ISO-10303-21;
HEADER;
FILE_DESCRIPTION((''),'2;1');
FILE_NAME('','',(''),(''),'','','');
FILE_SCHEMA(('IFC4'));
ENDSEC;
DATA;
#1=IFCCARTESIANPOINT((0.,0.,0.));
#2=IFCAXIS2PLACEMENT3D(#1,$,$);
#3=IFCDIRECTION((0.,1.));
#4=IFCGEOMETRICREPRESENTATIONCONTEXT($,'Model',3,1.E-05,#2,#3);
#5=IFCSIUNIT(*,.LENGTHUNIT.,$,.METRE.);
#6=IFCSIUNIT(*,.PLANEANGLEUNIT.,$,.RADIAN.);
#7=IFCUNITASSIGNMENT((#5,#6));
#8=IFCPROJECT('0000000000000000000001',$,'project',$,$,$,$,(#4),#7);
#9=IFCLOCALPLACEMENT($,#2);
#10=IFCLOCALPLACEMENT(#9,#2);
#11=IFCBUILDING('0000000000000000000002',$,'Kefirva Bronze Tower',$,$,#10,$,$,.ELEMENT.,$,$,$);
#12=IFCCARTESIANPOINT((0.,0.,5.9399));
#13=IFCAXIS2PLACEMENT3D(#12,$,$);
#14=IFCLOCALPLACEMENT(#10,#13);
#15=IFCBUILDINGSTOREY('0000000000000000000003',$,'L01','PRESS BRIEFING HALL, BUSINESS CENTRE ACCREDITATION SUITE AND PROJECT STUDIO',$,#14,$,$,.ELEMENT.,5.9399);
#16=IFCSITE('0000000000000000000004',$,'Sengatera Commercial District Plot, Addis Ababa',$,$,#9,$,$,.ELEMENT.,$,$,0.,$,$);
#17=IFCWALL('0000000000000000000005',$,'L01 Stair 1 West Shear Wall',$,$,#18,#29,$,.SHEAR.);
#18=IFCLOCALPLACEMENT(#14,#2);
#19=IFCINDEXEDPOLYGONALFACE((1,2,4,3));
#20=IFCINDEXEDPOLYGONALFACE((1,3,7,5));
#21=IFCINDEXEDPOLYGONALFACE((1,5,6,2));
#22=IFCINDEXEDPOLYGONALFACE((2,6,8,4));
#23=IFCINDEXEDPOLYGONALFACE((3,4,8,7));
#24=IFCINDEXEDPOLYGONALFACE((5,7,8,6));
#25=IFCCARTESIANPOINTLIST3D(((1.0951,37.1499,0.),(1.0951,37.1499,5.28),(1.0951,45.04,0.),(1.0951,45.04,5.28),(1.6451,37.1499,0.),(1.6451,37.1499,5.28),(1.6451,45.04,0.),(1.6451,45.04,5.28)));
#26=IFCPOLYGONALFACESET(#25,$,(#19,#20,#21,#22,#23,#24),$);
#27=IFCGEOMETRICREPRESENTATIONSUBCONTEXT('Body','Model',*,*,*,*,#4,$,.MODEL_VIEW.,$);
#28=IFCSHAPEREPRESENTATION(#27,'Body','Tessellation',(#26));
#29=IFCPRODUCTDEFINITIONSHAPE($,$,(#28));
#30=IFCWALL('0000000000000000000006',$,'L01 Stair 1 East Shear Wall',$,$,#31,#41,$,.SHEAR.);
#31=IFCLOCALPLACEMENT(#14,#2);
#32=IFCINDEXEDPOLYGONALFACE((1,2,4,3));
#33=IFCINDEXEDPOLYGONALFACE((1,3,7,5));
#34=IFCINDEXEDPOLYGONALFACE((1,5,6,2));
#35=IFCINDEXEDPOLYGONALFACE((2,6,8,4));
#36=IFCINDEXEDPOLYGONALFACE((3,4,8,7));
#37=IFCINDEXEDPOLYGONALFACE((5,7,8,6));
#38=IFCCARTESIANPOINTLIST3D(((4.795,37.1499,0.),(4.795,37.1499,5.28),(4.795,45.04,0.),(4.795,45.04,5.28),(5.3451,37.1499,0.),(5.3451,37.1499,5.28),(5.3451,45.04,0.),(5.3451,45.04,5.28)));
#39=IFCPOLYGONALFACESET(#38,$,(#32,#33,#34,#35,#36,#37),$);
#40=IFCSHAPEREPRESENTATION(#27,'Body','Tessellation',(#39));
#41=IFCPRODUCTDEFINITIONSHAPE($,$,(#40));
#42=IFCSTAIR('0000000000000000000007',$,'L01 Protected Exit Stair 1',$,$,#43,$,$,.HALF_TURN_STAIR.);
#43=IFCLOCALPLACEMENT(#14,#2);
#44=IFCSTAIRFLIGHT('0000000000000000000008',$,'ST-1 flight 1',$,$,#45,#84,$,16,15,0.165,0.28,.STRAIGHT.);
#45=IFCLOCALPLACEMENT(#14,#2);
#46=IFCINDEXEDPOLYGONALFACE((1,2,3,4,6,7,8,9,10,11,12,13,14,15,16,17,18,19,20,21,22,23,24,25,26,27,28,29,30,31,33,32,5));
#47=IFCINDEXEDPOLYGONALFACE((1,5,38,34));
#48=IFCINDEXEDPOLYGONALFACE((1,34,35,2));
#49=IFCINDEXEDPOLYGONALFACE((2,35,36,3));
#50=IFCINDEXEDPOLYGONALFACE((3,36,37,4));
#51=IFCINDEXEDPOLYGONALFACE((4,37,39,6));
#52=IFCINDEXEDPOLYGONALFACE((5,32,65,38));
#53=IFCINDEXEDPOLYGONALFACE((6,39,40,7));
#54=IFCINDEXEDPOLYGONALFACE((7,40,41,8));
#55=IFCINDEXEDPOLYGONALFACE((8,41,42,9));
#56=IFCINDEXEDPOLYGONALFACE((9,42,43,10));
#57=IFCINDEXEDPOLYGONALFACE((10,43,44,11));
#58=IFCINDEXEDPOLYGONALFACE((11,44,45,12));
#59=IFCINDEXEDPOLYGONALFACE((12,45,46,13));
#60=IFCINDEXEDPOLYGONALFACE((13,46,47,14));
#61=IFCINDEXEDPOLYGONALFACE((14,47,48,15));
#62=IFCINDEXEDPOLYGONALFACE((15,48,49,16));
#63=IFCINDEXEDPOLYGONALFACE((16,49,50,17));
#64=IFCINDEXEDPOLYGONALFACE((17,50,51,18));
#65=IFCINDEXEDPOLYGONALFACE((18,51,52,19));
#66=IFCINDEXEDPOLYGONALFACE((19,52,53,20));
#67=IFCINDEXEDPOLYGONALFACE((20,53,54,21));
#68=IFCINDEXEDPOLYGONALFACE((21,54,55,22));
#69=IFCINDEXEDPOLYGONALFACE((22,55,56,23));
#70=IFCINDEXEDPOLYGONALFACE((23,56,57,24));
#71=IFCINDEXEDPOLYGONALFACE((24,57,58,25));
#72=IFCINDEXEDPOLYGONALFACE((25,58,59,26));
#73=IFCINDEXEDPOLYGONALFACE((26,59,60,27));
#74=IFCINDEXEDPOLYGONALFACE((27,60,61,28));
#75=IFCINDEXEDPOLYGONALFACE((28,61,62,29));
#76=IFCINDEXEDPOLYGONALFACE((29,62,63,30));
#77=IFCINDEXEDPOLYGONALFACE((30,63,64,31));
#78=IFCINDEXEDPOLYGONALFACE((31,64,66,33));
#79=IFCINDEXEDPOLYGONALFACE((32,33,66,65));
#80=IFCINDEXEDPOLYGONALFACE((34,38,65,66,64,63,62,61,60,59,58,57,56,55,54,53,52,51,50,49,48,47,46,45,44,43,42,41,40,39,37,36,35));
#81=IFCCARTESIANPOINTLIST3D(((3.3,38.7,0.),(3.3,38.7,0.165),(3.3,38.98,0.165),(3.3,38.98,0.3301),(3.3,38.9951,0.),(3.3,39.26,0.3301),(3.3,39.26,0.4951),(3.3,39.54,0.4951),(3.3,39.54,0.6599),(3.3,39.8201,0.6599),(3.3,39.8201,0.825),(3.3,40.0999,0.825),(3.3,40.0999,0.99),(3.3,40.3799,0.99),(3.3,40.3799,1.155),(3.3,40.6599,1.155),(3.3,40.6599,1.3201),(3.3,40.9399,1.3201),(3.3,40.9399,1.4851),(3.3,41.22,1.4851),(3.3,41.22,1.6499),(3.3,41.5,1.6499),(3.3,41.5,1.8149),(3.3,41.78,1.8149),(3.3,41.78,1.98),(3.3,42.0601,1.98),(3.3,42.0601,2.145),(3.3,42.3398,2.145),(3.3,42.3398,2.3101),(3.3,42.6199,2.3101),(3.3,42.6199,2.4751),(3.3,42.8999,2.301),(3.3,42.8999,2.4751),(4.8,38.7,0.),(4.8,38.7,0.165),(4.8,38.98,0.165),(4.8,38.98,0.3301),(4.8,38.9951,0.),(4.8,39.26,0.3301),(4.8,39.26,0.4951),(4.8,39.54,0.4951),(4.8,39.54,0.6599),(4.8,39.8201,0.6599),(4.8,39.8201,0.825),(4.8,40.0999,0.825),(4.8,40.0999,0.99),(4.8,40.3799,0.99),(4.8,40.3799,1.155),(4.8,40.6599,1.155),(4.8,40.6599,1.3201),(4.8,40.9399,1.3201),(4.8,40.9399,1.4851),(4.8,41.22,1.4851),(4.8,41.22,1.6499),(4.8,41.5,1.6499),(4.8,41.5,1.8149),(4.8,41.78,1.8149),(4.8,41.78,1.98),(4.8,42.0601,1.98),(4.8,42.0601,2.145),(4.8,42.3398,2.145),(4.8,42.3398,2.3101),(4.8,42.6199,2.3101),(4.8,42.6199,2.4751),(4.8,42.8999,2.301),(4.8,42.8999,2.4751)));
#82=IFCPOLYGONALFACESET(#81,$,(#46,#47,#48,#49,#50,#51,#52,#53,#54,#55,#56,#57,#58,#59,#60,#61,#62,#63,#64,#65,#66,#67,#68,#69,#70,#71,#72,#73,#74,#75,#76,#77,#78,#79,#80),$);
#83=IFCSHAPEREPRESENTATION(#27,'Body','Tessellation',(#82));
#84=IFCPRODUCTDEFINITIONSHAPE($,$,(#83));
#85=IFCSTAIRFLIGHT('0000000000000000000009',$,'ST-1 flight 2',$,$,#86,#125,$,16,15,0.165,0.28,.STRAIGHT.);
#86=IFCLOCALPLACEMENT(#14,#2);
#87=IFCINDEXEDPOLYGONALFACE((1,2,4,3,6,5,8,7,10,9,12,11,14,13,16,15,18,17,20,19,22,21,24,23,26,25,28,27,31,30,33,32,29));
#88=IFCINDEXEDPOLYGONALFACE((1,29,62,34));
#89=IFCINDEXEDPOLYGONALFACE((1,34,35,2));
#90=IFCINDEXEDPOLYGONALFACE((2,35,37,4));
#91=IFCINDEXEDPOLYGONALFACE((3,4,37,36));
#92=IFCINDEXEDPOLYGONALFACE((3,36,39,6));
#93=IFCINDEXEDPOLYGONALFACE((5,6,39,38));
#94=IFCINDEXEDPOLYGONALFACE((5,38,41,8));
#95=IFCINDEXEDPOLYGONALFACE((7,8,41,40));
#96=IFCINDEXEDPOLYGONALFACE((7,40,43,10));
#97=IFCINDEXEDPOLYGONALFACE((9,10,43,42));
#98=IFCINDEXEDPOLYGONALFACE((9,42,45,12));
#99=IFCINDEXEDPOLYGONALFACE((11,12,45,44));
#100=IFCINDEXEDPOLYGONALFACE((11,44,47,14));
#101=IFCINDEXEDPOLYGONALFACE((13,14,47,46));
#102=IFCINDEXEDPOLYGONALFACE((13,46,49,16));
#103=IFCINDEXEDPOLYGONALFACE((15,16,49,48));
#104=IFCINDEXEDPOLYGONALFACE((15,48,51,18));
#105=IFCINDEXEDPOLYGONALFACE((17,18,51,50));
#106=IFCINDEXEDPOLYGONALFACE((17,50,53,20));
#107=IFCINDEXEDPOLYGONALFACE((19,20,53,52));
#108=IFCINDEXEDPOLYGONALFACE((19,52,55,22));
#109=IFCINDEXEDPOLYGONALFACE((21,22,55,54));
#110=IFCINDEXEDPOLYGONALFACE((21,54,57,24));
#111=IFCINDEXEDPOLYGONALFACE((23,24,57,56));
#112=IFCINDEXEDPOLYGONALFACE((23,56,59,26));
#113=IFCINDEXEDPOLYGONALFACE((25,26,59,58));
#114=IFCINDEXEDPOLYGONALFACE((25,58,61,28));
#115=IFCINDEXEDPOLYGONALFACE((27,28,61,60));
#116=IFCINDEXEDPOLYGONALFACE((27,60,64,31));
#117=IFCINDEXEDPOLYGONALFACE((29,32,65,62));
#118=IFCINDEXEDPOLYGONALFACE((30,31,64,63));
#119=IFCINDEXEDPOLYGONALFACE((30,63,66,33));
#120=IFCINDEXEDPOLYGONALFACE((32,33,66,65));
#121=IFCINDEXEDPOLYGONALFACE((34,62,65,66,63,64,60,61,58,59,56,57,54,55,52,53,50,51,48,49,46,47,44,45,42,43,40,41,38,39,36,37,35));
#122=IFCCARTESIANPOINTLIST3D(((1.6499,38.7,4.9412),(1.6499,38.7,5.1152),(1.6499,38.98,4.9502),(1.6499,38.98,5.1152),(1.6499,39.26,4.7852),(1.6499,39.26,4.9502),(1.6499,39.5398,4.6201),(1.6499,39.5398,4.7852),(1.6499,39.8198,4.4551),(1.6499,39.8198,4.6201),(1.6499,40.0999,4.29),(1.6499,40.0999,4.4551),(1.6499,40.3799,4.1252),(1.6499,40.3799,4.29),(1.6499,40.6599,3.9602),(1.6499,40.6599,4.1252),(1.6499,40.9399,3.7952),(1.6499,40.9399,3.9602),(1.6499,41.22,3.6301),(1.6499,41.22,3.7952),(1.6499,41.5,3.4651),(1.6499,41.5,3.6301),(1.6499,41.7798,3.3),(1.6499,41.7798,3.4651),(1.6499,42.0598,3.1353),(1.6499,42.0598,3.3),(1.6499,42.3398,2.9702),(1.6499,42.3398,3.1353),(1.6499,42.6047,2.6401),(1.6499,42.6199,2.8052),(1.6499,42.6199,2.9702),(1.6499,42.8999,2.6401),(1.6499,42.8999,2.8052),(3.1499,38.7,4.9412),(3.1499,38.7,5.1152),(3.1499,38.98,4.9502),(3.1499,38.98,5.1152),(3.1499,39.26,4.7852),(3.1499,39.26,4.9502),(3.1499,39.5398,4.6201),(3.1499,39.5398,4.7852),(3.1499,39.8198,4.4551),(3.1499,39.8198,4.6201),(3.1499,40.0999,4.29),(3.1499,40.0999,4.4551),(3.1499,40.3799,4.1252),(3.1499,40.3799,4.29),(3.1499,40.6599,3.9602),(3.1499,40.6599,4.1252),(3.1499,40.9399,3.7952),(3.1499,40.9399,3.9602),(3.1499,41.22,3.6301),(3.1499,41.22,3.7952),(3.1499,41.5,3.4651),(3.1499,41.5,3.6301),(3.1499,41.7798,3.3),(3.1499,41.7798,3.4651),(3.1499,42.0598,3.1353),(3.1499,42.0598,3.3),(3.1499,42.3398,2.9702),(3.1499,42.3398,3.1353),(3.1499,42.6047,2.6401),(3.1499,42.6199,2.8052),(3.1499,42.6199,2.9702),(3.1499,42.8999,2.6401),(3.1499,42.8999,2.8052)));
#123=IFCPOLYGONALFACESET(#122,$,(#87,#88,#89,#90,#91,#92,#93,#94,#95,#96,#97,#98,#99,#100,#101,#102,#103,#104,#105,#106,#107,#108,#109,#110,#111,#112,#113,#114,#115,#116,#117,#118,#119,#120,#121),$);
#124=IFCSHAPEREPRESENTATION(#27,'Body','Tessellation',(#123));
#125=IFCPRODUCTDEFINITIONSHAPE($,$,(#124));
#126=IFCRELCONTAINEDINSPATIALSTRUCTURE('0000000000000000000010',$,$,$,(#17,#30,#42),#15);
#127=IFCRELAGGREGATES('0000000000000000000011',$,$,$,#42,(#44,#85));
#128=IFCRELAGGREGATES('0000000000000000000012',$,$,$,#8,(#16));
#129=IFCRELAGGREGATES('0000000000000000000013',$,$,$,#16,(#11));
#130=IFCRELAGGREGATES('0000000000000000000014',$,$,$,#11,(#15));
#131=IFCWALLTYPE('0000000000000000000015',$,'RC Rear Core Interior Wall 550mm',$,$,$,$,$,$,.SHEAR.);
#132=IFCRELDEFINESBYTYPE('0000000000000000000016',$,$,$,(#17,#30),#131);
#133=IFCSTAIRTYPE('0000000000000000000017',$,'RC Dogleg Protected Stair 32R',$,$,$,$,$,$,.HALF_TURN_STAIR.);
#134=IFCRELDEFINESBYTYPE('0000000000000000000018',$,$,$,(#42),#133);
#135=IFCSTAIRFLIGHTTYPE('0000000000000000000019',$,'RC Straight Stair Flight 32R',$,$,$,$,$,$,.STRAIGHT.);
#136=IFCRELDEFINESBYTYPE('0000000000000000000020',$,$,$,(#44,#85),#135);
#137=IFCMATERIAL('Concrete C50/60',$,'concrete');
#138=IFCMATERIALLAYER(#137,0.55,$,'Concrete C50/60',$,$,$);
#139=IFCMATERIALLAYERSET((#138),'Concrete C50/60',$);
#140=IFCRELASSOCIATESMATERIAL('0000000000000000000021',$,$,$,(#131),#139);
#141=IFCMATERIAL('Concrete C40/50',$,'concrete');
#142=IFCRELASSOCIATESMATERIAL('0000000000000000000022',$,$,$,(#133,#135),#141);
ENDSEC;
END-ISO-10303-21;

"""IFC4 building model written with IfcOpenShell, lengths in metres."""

from ifc_helpers import new_model, si_unit, direction, frame, frame_2d, origin, place, context, subcontext, project, spatial, polyline, rectangle, outline, extrude, material, layer, layer_set, type_object, element, aggregate, save


model = new_model("IFC4")

# Units and contexts
model_context = context("Model", 3, precision=1e-05, world=origin(), true_north=direction((0.0, 1.0)))
body_context = subcontext(model_context, "Body", "Model", "MODEL_VIEW")
ifc_project = project(units=[si_unit("LENGTHUNIT", "METRE"), si_unit("PLANEANGLEUNIT", "RADIAN")], contexts=[model_context])

# Site, building, storey
site_placement = place(None, origin())
site = spatial("IfcSite", under=ifc_project, at=site_placement, Name="Sengatera Commercial District Plot, Addis Ababa", CompositionType="ELEMENT", RefElevation=0.0)
building_placement = place(site_placement, origin())
building = spatial("IfcBuilding", under=site, at=building_placement, Name="Kefirva Bronze Tower", CompositionType="ELEMENT")
storey_placement = place(building_placement, frame((0.0, 0.0, 5.9399)))
storey = spatial("IfcBuildingStorey", under=building, at=storey_placement, Name="L01", Description="PRESS BRIEFING HALL, BUSINESS CENTRE ACCREDITATION SUITE AND PROJECT STUDIO", CompositionType="ELEMENT", Elevation=5.9399)

# Shared definitions
ifc_material_1 = material(Name="Concrete C50/60", Category="concrete")

# Walls
ifc_layer_1 = layer(ifc_material_1, 0.55, Name="Concrete C50/60")
ifc_layer_set_1 = layer_set([ifc_layer_1], Name="Concrete C50/60")
wall_type_1 = type_object("IfcWallType", Name="RC Rear Core Interior Wall 550mm", PredefinedType="SHEAR", material=ifc_layer_set_1)
for number, where, z_axis, x_axis, name in (
    (1, (1.3701, 37.1499, 0.0), (0.0, 0.0, 1.0), (0.0, 1.0, 0.0), "L01 Stair 1 West Shear Wall"),
    (2, (5.0701, 37.1499, 0.0), (0.0, 0.0, 1.0), (0.0, 1.0, 0.0), "L01 Stair 1 East Shear Wall"),
):
    element("IfcWall", number, at=place(storey_placement, frame(where, z_axis=z_axis, x_axis=x_axis)), inside=storey, type_object=wall_type_1, Name=name, PredefinedType="SHEAR", context=body_context, shape_type="SweptSolid", body=[
        extrude(rectangle(XDim=7.8901, YDim=0.55, at=frame_2d((3.9451, 0.0))), origin(), (0.0, 0.0, 1.0), 5.28),
    ])

# Stair, stair flights
ifc_material_2 = material(Name="Concrete C40/50", Category="concrete")
stair_type = type_object("IfcStairType", Name="RC Dogleg Protected Stair 32R", PredefinedType="HALF_TURN_STAIR", material=ifc_material_2)
stair_placement = place(storey_placement, origin())
stair = element("IfcStair", 3, at=stair_placement, inside=storey, type_object=stair_type, Name="L01 Protected Exit Stair 1", PredefinedType="HALF_TURN_STAIR")
stair_flight_type = type_object("IfcStairFlightType", Name="RC Straight Stair Flight 32R", PredefinedType="STRAIGHT", material=ifc_material_2)
stair_flight_1_placement = place(storey_placement, frame((4.05, 38.7, 0.0), z_axis=(0.0, 0.0, 1.0), x_axis=(0.0, 1.0, 0.0)))
stair_flight_1 = element("IfcStairFlight", 4, at=stair_flight_1_placement, type_object=stair_flight_type, Name="ST-1 flight 1", NumberOfRisers=16, NumberOfTreads=15, PredefinedType="STRAIGHT", RiserHeight=0.165, TreadLength=0.28, context=body_context, shape_type="SweptSolid", body=[
    extrude(outline(polyline([(0.0, 0.0), (0.0, 0.165), (0.28, 0.165), (0.28, 0.3301), (0.5601, 0.3301), (0.5601, 0.4951), (0.8401, 0.4951), (0.8401, 0.6599), (1.1201, 0.6599), (1.1201, 0.825), (1.3999, 0.825), (1.3999, 0.99), (1.6799, 0.99), (1.6799, 1.155), (1.96, 1.155), (1.96, 1.3201), (2.24, 1.3201), (2.24, 1.4851), (2.52, 1.4851), (2.52, 1.6499), (2.8, 1.6499), (2.8, 1.8149), (3.0801, 1.8149), (3.0801, 1.98), (3.3601, 1.98), (3.3601, 2.145), (3.6399, 2.145), (3.6399, 2.3101), (3.9199, 2.3101), (3.9199, 2.4751), (4.2, 2.4751), (4.2, 2.6399), (4.2, 2.301), (0.2952, 0.0), (0.0, 0.0)])), frame((0.0, 0.75, 0.0), z_axis=(0.0, -1.0, 0.0), x_axis=(1.0, 0.0, 0.0)), (0.0, 0.0, 1.0), 1.5),
])
stair_flight_2_placement = place(storey_placement, frame((2.3999, 42.8999, 2.6401), z_axis=(0.0, 0.0, 1.0), x_axis=(0.0, -1.0, 0.0)))
stair_flight_2 = element("IfcStairFlight", 5, at=stair_flight_2_placement, type_object=stair_flight_type, Name="ST-1 flight 2", NumberOfRisers=16, NumberOfTreads=15, PredefinedType="STRAIGHT", RiserHeight=0.165, TreadLength=0.28, context=body_context, shape_type="SweptSolid", body=[
    extrude(outline(polyline([(0.0, 0.0), (0.0, 0.165), (0.28, 0.165), (0.28, 0.3301), (0.5601, 0.3301), (0.5601, 0.4951), (0.8401, 0.4951), (0.8401, 0.6599), (1.1201, 0.6599), (1.1201, 0.825), (1.3999, 0.825), (1.3999, 0.99), (1.6799, 0.99), (1.6799, 1.155), (1.96, 1.155), (1.96, 1.3201), (2.24, 1.3201), (2.24, 1.4851), (2.52, 1.4851), (2.52, 1.6499), (2.8, 1.6499), (2.8, 1.8149), (3.0801, 1.8149), (3.0801, 1.98), (3.3601, 1.98), (3.3601, 2.145), (3.6399, 2.145), (3.6399, 2.3101), (3.9199, 2.3101), (3.9199, 2.4751), (4.2, 2.4751), (4.2, 2.6399), (4.2, 2.301), (0.2952, 0.0), (0.0, 0.0)])), frame((0.0, 0.75, 0.0), z_axis=(0.0, -1.0, 0.0), x_axis=(1.0, 0.0, 0.0)), (0.0, 0.0, 1.0), 1.5),
])
aggregate(stair, [stair_flight_1, stair_flight_2])

save(model, "model.ifc")
